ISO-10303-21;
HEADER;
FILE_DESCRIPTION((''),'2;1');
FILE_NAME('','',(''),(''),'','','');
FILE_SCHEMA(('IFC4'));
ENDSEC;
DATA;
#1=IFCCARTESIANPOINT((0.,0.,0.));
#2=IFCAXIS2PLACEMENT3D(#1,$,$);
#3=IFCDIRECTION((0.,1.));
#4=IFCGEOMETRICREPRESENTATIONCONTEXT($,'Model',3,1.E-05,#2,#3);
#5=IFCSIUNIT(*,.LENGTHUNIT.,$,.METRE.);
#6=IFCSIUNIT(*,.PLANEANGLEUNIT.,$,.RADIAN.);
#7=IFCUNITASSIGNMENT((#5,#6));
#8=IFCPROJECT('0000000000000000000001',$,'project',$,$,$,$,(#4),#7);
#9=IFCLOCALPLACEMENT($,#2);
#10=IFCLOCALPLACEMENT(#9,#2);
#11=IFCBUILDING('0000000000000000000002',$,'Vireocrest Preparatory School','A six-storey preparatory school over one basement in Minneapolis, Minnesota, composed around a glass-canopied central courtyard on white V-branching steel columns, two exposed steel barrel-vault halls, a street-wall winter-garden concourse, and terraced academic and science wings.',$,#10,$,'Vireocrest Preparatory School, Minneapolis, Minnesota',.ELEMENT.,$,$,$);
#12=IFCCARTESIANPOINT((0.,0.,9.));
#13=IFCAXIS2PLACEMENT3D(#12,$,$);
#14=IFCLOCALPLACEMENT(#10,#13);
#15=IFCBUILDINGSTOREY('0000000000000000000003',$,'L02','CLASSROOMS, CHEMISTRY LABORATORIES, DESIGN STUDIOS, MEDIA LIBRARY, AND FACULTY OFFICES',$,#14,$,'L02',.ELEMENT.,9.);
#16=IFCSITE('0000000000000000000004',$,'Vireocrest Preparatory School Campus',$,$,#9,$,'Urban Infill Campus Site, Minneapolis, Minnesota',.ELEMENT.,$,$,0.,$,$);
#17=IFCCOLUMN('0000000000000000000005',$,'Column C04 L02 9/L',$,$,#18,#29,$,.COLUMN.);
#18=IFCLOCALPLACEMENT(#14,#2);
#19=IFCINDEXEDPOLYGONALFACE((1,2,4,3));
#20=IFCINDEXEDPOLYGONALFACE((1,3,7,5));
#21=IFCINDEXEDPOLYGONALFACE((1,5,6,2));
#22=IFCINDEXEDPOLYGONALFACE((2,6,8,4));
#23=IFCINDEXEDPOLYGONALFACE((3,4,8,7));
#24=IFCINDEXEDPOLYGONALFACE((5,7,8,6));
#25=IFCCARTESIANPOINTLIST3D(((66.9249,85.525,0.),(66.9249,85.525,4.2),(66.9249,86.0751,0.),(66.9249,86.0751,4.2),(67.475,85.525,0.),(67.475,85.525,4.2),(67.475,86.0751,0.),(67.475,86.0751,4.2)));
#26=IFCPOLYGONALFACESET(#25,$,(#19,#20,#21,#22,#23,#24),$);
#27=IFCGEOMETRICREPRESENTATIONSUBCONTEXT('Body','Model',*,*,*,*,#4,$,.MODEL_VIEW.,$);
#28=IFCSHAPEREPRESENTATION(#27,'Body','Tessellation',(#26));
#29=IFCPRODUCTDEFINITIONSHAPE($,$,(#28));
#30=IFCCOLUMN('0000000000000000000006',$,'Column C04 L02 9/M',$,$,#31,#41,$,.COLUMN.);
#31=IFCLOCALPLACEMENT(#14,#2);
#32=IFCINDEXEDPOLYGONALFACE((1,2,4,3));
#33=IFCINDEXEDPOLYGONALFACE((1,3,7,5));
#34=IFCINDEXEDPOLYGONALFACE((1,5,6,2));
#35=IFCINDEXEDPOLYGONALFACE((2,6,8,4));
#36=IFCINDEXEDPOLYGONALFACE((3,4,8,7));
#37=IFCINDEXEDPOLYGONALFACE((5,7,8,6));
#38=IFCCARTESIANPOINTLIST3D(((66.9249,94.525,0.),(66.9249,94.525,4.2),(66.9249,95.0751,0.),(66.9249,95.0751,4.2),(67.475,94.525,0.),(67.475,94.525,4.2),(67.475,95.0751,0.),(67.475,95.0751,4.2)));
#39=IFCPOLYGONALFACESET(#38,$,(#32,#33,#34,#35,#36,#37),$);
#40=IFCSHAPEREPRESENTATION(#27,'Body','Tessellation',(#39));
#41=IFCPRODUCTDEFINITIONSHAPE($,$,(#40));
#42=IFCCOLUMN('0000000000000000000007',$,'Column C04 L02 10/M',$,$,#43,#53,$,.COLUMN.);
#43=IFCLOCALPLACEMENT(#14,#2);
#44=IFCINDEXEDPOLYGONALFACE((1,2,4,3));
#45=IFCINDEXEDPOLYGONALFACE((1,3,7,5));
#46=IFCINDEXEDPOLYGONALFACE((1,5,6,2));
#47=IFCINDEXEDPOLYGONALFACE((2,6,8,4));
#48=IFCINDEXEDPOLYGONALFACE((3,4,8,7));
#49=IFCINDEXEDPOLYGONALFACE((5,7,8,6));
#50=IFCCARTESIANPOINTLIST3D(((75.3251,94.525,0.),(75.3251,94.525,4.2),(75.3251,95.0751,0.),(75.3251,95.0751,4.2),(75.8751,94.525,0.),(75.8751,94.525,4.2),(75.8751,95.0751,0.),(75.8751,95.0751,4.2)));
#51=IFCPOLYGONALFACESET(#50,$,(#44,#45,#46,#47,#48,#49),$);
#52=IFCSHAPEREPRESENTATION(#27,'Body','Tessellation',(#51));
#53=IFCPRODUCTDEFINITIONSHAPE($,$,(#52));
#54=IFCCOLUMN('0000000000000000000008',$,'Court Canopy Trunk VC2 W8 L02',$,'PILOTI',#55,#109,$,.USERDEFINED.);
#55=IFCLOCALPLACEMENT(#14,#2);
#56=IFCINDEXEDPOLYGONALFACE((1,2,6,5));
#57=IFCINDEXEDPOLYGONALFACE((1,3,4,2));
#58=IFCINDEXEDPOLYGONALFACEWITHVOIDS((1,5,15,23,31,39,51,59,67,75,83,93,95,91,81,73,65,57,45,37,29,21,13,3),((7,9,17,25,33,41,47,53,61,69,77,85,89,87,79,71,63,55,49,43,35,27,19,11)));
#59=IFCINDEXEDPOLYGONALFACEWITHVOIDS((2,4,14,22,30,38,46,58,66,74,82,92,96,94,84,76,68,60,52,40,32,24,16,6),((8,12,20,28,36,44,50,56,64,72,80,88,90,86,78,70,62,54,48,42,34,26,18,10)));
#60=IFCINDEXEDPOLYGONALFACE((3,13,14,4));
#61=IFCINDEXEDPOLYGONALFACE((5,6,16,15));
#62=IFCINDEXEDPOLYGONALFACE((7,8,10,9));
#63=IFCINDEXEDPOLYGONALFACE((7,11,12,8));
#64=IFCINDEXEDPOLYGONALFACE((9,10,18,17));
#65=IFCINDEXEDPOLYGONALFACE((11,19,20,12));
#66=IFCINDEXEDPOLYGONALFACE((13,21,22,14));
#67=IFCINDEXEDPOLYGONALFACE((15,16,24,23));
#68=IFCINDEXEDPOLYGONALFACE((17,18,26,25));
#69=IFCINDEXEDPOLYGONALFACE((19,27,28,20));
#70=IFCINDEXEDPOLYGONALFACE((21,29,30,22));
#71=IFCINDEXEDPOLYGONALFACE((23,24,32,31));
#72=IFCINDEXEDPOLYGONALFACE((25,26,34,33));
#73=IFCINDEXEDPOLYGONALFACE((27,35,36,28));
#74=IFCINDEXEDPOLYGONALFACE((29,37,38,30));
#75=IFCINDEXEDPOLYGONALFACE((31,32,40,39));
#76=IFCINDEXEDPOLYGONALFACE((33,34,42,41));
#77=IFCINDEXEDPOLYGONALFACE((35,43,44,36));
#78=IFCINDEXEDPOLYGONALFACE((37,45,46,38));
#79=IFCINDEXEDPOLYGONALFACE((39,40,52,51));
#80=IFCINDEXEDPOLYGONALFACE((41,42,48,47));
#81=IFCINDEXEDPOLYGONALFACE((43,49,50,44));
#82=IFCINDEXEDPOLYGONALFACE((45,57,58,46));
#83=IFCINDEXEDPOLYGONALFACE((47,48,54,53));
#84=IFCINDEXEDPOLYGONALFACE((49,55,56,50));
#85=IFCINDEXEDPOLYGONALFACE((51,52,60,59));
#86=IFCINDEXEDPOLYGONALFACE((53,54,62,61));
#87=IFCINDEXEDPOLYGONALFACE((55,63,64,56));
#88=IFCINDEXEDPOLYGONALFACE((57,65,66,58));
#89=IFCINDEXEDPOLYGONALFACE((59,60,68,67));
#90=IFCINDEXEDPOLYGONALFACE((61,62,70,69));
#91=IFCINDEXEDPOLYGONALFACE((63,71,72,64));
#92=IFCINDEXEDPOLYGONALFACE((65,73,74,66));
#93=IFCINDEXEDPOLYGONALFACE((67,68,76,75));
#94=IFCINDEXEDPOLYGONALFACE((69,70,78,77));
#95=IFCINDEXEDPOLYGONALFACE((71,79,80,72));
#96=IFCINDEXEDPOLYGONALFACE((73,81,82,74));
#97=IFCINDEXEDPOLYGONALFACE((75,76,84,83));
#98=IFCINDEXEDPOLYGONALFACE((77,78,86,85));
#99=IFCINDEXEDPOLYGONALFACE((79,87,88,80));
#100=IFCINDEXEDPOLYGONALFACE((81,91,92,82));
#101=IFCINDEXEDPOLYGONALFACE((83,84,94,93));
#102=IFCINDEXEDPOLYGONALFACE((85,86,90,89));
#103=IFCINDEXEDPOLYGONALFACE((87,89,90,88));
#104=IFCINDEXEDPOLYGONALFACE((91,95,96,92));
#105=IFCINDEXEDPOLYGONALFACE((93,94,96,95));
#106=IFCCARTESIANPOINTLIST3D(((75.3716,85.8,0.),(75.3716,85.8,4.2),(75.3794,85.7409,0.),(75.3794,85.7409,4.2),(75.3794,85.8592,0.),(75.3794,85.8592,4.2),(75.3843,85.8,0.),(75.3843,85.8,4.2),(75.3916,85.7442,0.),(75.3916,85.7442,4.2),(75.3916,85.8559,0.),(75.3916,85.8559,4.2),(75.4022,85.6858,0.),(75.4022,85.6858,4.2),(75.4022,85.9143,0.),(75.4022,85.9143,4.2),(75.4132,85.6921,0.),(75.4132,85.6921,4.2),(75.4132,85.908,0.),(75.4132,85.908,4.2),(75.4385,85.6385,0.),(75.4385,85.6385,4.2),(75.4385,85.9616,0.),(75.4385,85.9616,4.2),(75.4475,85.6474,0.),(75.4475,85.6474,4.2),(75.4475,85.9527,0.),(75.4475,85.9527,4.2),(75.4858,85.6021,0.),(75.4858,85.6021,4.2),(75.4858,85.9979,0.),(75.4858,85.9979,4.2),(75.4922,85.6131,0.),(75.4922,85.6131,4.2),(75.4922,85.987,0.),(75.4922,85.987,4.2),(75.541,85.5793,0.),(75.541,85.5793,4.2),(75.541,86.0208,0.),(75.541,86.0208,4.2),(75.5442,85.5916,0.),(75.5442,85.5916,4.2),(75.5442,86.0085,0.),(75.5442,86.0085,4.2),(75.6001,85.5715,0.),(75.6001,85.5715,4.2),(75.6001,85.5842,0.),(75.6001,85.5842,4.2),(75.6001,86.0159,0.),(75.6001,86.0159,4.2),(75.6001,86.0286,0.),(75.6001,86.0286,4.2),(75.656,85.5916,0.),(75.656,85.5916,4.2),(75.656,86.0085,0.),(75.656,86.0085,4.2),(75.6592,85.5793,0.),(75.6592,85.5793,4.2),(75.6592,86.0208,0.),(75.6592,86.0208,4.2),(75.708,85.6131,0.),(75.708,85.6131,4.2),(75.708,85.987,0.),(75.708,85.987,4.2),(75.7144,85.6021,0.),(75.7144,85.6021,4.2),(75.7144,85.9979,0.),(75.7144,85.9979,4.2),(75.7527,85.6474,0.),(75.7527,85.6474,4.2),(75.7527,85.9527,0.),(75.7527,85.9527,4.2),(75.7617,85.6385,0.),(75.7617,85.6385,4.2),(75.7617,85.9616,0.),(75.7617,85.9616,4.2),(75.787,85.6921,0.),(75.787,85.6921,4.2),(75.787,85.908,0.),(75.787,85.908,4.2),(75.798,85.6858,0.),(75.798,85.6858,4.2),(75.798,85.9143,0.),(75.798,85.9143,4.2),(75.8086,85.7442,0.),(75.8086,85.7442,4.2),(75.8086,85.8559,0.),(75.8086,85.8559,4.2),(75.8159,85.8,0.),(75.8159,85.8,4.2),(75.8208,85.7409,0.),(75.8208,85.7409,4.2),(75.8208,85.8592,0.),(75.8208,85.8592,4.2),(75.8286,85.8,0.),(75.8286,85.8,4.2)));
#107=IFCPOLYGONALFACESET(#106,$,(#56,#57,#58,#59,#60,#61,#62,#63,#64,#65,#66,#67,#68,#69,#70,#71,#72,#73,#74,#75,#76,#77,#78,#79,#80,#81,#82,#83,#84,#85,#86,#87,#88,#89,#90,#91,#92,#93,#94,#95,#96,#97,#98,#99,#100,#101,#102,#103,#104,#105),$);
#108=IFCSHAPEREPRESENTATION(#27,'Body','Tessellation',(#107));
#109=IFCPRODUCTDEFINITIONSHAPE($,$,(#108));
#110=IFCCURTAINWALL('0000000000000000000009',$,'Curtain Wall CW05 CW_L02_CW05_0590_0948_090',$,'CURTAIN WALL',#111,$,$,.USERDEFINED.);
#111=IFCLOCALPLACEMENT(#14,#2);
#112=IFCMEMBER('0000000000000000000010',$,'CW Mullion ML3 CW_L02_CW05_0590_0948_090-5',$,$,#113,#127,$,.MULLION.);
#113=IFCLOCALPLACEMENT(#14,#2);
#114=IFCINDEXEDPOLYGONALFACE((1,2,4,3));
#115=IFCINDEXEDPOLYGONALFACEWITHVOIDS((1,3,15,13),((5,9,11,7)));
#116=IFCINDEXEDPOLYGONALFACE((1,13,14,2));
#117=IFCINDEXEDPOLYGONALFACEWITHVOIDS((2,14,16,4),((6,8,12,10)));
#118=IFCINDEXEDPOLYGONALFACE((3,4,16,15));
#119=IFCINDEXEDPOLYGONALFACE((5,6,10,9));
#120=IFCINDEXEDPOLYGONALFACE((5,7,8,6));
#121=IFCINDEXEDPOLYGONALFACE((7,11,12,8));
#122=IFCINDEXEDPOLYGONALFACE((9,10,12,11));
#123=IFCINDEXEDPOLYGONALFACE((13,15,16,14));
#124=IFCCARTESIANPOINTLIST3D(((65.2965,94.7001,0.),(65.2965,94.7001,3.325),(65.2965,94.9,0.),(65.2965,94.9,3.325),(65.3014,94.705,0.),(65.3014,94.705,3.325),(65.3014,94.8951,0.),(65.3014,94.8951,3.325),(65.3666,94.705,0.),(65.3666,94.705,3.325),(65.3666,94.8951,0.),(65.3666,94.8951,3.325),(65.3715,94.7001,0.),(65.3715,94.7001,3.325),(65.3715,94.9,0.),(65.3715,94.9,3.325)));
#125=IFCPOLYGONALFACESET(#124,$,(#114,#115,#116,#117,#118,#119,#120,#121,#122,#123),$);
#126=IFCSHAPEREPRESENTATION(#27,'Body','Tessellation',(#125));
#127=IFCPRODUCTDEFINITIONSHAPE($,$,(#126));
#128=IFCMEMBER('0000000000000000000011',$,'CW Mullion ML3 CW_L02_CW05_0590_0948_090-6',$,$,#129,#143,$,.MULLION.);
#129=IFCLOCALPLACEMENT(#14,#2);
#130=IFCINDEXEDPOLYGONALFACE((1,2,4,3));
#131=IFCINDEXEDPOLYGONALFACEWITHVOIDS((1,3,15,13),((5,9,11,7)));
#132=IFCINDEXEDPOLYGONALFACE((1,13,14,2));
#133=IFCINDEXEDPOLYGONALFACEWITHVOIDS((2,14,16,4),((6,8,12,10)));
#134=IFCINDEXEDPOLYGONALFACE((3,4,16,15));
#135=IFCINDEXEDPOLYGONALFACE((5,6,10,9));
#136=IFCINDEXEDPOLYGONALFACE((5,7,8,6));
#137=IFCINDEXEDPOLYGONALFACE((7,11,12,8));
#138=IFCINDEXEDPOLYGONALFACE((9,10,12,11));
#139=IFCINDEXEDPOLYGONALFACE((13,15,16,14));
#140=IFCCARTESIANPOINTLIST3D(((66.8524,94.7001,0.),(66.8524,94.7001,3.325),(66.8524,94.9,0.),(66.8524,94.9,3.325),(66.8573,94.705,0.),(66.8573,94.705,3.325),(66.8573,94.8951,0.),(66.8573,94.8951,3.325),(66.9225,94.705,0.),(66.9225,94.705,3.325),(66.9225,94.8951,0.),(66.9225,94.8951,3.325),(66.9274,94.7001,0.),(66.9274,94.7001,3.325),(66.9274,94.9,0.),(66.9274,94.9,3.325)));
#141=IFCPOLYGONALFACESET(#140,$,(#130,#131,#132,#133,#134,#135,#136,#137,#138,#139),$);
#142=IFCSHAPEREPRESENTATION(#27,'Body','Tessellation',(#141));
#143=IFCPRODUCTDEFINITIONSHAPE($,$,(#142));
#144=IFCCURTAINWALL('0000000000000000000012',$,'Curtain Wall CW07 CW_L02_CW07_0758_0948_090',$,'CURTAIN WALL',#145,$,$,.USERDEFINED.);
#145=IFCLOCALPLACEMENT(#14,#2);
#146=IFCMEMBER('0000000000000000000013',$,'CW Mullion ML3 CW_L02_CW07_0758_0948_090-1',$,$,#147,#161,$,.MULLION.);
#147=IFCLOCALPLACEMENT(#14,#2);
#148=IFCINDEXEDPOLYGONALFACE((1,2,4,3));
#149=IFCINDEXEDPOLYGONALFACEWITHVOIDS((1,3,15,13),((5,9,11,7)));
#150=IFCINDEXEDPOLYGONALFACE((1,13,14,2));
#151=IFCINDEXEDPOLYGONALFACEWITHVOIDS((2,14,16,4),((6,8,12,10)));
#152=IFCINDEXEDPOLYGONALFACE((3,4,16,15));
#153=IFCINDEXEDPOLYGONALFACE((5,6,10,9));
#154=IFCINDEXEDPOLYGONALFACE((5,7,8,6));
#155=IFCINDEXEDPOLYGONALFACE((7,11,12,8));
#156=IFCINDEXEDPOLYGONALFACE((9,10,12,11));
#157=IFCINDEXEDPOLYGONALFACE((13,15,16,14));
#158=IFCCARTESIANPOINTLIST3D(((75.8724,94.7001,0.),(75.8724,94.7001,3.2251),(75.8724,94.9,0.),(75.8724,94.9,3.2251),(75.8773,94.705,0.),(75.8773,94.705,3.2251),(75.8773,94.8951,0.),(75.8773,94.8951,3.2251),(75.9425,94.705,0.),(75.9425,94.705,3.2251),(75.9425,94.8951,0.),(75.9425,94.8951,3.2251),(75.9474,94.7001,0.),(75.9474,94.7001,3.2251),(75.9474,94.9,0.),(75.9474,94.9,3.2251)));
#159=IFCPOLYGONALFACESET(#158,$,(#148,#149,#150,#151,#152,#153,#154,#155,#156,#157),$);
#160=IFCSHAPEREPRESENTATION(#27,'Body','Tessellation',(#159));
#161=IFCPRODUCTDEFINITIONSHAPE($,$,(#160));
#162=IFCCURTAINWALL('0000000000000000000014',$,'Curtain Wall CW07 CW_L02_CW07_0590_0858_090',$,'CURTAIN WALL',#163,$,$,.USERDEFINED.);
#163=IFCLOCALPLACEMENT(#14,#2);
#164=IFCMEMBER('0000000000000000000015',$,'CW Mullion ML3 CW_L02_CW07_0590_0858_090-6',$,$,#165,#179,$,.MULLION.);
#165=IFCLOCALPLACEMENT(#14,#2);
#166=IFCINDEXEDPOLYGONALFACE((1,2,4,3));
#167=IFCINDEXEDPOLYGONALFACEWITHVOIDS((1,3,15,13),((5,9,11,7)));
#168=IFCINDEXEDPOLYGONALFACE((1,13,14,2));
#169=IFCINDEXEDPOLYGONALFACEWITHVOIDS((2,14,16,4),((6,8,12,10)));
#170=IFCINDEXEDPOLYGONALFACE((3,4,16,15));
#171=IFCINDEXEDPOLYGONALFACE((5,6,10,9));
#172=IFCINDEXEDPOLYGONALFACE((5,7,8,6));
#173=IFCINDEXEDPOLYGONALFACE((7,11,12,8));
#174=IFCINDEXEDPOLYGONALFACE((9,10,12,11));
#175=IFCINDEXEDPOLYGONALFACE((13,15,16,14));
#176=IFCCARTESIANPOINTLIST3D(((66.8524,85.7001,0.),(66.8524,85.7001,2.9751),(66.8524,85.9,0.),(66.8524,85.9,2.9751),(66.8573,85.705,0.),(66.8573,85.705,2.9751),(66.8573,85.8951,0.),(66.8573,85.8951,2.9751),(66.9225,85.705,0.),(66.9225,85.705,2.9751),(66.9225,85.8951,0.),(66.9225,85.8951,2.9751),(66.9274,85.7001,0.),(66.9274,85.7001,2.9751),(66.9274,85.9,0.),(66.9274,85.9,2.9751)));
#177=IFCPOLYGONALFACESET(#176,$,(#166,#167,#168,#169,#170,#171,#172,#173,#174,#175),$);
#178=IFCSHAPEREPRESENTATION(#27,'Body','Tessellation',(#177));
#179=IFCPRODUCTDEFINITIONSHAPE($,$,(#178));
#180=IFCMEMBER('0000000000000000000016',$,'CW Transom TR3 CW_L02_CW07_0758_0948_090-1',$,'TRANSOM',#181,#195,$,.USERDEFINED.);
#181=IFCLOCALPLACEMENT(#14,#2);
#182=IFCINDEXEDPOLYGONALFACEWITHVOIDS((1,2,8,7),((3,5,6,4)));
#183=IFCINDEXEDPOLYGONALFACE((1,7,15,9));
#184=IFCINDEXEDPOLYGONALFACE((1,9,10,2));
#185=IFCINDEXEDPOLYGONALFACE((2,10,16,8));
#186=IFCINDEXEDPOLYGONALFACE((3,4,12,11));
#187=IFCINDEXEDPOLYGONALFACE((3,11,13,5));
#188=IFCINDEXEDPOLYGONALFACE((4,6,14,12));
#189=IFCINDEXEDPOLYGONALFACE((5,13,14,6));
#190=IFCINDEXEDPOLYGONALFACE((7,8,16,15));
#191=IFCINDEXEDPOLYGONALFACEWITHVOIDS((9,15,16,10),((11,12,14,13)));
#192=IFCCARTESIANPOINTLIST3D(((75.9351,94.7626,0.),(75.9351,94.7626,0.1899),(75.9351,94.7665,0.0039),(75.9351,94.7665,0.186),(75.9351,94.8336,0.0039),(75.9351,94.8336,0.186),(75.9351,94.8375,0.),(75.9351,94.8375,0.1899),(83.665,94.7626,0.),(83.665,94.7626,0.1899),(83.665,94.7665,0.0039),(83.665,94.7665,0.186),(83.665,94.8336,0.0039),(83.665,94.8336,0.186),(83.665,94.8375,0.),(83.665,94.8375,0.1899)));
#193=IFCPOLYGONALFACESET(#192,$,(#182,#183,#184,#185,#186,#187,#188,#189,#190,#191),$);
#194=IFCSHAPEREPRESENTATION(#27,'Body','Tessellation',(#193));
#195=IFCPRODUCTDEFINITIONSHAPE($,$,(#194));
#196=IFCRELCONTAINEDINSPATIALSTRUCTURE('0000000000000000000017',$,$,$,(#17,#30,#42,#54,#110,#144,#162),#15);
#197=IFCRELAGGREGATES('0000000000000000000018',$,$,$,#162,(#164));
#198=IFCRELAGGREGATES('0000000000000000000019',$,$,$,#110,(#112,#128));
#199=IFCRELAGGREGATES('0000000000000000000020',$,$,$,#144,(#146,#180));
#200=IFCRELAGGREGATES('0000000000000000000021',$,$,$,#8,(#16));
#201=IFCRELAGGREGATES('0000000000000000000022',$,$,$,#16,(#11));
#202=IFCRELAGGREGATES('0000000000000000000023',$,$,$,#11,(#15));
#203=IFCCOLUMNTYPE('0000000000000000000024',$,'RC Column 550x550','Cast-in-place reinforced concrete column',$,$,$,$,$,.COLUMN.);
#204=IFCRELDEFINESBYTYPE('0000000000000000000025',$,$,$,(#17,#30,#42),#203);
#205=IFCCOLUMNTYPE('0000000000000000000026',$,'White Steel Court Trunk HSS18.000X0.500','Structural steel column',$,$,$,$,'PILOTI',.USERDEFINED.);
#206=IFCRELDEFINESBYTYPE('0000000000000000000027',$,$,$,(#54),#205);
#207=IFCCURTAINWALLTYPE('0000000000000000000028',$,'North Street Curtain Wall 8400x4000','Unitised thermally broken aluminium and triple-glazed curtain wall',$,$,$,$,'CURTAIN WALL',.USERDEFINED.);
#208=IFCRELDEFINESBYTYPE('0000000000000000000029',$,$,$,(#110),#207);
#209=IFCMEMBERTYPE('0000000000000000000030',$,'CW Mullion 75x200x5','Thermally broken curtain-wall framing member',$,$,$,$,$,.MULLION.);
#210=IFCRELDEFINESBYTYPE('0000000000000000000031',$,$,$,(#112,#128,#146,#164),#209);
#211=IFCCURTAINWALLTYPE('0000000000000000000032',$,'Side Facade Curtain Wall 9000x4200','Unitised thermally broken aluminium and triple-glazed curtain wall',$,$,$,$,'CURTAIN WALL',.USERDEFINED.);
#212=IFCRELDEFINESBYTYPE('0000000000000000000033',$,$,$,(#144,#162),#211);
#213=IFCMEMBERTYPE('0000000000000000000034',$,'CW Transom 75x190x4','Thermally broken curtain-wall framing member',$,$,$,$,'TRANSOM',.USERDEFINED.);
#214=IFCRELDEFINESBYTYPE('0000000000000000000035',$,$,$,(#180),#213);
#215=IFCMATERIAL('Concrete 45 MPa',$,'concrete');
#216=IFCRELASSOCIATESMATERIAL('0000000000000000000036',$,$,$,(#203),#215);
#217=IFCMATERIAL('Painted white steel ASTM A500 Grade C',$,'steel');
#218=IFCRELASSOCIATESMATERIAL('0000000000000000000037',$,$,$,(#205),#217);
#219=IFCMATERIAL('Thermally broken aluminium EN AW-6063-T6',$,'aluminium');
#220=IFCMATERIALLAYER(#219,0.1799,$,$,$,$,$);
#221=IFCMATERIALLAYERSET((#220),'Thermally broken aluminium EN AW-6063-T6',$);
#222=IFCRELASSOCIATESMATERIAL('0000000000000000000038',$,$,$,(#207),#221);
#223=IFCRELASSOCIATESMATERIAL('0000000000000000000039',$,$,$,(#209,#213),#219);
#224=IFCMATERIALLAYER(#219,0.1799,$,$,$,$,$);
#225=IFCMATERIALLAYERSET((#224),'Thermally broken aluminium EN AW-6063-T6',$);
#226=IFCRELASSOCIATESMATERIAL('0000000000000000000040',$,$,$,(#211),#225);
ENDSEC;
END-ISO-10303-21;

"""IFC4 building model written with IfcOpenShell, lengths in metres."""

from ifc_helpers import new_model, si_unit, direction, frame, origin, origin_2d, place, context, subcontext, project, spatial, rectangle, hollow_rectangle, hollow_circle, extrude, material, layer, layer_set, material_profile, profile_set, type_object, element, aggregate, save


model = new_model("IFC4")

# Units and contexts
model_context = context("Model", 3, precision=1e-05, world=origin(), true_north=direction((0.0, 1.0)))
body_context = subcontext(model_context, "Body", "Model", "MODEL_VIEW")
ifc_project = project(units=[si_unit("LENGTHUNIT", "METRE"), si_unit("PLANEANGLEUNIT", "RADIAN")], contexts=[model_context])

# Site, building, storey
site_placement = place(None, origin())
site = spatial("IfcSite", under=ifc_project, at=site_placement, Name="Vireocrest Preparatory School Campus", LongName="Urban Infill Campus Site, Minneapolis, Minnesota", CompositionType="ELEMENT", RefElevation=0.0)
building_placement = place(site_placement, origin())
building = spatial("IfcBuilding", under=site, at=building_placement, Name="Vireocrest Preparatory School", Description="A six-storey preparatory school over one basement in Minneapolis, Minnesota, composed around a glass-canopied central courtyard on white V-branching steel columns, two exposed steel barrel-vault halls, a street-wall winter-garden concourse, and terraced academic and science wings.", LongName="Vireocrest Preparatory School, Minneapolis, Minnesota", CompositionType="ELEMENT")
storey_placement = place(building_placement, frame((0.0, 0.0, 9.0)))
storey = spatial("IfcBuildingStorey", under=building, at=storey_placement, Name="L02", Description="CLASSROOMS, CHEMISTRY LABORATORIES, DESIGN STUDIOS, MEDIA LIBRARY, AND FACULTY OFFICES", LongName="L02", CompositionType="ELEMENT", Elevation=9.0)

# Columns
ifc_material_1 = material(Name="Concrete 45 MPa", Category="concrete")
ifc_material_profile_1 = material_profile(ifc_material_1, rectangle(XDim=0.55, YDim=0.55, at=origin_2d()), Name="RC 550x550")
ifc_profile_set_1 = profile_set([ifc_material_profile_1], Name="Concrete 45 MPa")
column_type_1 = type_object("IfcColumnType", Name="RC Column 550x550", Description="Cast-in-place reinforced concrete column", PredefinedType="COLUMN", material=ifc_profile_set_1)
for number, where, z_axis, x_axis, name in (
    (1, (67.2, 85.8, 0.0), (0.0, 0.0, 1.0), (1.0, 0.0, 0.0), "Column C04 L02 9/L"),
    (2, (67.2, 94.8, 0.0), (0.0, 0.0, 1.0), (1.0, 0.0, 0.0), "Column C04 L02 9/M"),
    (3, (75.6001, 94.8, 0.0), (0.0, 0.0, 1.0), (1.0, 0.0, 0.0), "Column C04 L02 10/M"),
):
    element("IfcColumn", number, at=place(storey_placement, frame(where, z_axis=z_axis, x_axis=x_axis)), inside=storey, type_object=column_type_1, Name=name, PredefinedType="COLUMN", context=body_context, shape_type="SweptSolid", body=[
        extrude(rectangle(XDim=0.55, YDim=0.55, at=origin_2d()), origin(), (0.0, 0.0, 1.0), 4.2),
    ])
ifc_material_2 = material(Name="Painted white steel ASTM A500 Grade C", Category="steel")
ifc_material_profile_2 = material_profile(ifc_material_2, hollow_circle(Radius=0.2285, WallThickness=0.0127, at=origin_2d()), Name="HSS18.000X0.500")
ifc_profile_set_2 = profile_set([ifc_material_profile_2], Name="Painted white steel ASTM A500 Grade C")
column_type_2 = type_object("IfcColumnType", Name="White Steel Court Trunk HSS18.000X0.500", Description="Structural steel column", ElementType="PILOTI", PredefinedType="USERDEFINED", material=ifc_profile_set_2)
column_placement = place(storey_placement, frame((75.6001, 85.8, 0.0), z_axis=(0.0, 0.0, 1.0), x_axis=(1.0, 0.0, 0.0)))
element("IfcColumn", 4, at=column_placement, inside=storey, type_object=column_type_2, Name="Court Canopy Trunk VC2 W8 L02", ObjectType="PILOTI", PredefinedType="USERDEFINED", context=body_context, shape_type="SweptSolid", body=[
    extrude(hollow_circle(Radius=0.2285, WallThickness=0.0127, at=origin_2d()), origin(), (0.0, 0.0, 1.0), 4.2),
])

# Curtain wall, members
ifc_material_3 = material(Name="Thermally broken aluminium EN AW-6063-T6", Category="aluminium")
ifc_layer_1 = layer(ifc_material_3, 0.1799)
ifc_layer_set_1 = layer_set([ifc_layer_1], Name="Thermally broken aluminium EN AW-6063-T6")
curtain_wall_type_1 = type_object("IfcCurtainWallType", Name="North Street Curtain Wall 8400x4000", Description="Unitised thermally broken aluminium and triple-glazed curtain wall", ElementType="CURTAIN WALL", PredefinedType="USERDEFINED", material=ifc_layer_set_1)
curtain_wall_1_placement = place(storey_placement, origin())
curtain_wall_1 = element("IfcCurtainWall", 5, at=curtain_wall_1_placement, inside=storey, type_object=curtain_wall_type_1, Name="Curtain Wall CW05 CW_L02_CW05_0590_0948_090", ObjectType="CURTAIN WALL", PredefinedType="USERDEFINED")
ifc_material_profile_3 = material_profile(ifc_material_3, hollow_rectangle(XDim=0.075, YDim=0.2, WallThickness=0.0049, at=origin_2d()), Name="ALU 75x200x5")
ifc_profile_set_3 = profile_set([ifc_material_profile_3], Name="Thermally broken aluminium EN AW-6063-T6")
member_type_1 = type_object("IfcMemberType", Name="CW Mullion 75x200x5", Description="Thermally broken curtain-wall framing member", PredefinedType="MULLION", material=ifc_profile_set_3)
member_1_placement = place(storey_placement, frame((65.334, 94.8, 0.0), z_axis=(0.0, 0.0, 1.0), x_axis=(1.0, 0.0, 0.0)))
member_1 = element("IfcMember", 6, at=member_1_placement, type_object=member_type_1, Name="CW Mullion ML3 CW_L02_CW05_0590_0948_090-5", PredefinedType="MULLION", context=body_context, shape_type="SweptSolid", body=[
    extrude(hollow_rectangle(XDim=0.075, YDim=0.2, WallThickness=0.0049, at=origin_2d()), origin(), (0.0, 0.0, 1.0), 3.325),
])
member_2_placement = place(storey_placement, frame((66.8899, 94.8, 0.0), z_axis=(0.0, 0.0, 1.0), x_axis=(1.0, 0.0, 0.0)))
member_2 = element("IfcMember", 7, at=member_2_placement, type_object=member_type_1, Name="CW Mullion ML3 CW_L02_CW05_0590_0948_090-6", PredefinedType="MULLION", context=body_context, shape_type="SweptSolid", body=[
    extrude(hollow_rectangle(XDim=0.075, YDim=0.2, WallThickness=0.0049, at=origin_2d()), origin(), (0.0, 0.0, 1.0), 3.325),
])

# Curtain walls, members
ifc_layer_2 = layer(ifc_material_3, 0.1799)
ifc_layer_set_2 = layer_set([ifc_layer_2], Name="Thermally broken aluminium EN AW-6063-T6")
curtain_wall_type_2 = type_object("IfcCurtainWallType", Name="Side Facade Curtain Wall 9000x4200", Description="Unitised thermally broken aluminium and triple-glazed curtain wall", ElementType="CURTAIN WALL", PredefinedType="USERDEFINED", material=ifc_layer_set_2)
curtain_wall_2_placement = place(storey_placement, origin())
curtain_wall_2 = element("IfcCurtainWall", 8, at=curtain_wall_2_placement, inside=storey, type_object=curtain_wall_type_2, Name="Curtain Wall CW07 CW_L02_CW07_0758_0948_090", ObjectType="CURTAIN WALL", PredefinedType="USERDEFINED")
member_3_placement = place(storey_placement, frame((75.9099, 94.8, 0.0), z_axis=(0.0, 0.0, 1.0), x_axis=(1.0, 0.0, 0.0)))
member_3 = element("IfcMember", 9, at=member_3_placement, type_object=member_type_1, Name="CW Mullion ML3 CW_L02_CW07_0758_0948_090-1", PredefinedType="MULLION", context=body_context, shape_type="SweptSolid", body=[
    extrude(hollow_rectangle(XDim=0.075, YDim=0.2, WallThickness=0.0049, at=origin_2d()), origin(), (0.0, 0.0, 1.0), 3.2251),
])
curtain_wall_3_placement = place(storey_placement, origin())
curtain_wall_3 = element("IfcCurtainWall", 10, at=curtain_wall_3_placement, inside=storey, type_object=curtain_wall_type_2, Name="Curtain Wall CW07 CW_L02_CW07_0590_0858_090", ObjectType="CURTAIN WALL", PredefinedType="USERDEFINED")
member_4_placement = place(storey_placement, frame((66.8899, 85.8, 0.0), z_axis=(0.0, 0.0, 1.0), x_axis=(1.0, 0.0, 0.0)))
member_4 = element("IfcMember", 11, at=member_4_placement, type_object=member_type_1, Name="CW Mullion ML3 CW_L02_CW07_0590_0858_090-6", PredefinedType="MULLION", context=body_context, shape_type="SweptSolid", body=[
    extrude(hollow_rectangle(XDim=0.075, YDim=0.2, WallThickness=0.0049, at=origin_2d()), origin(), (0.0, 0.0, 1.0), 2.9751),
])
aggregate(curtain_wall_3, [member_4])

# Member
ifc_material_profile_4 = material_profile(ifc_material_3, hollow_rectangle(XDim=0.075, YDim=0.1899, WallThickness=0.0039, at=origin_2d()), Name="ALU 75x190x4")
ifc_profile_set_4 = profile_set([ifc_material_profile_4], Name="Thermally broken aluminium EN AW-6063-T6")
member_type_2 = type_object("IfcMemberType", Name="CW Transom 75x190x4", Description="Thermally broken curtain-wall framing member", ElementType="TRANSOM", PredefinedType="USERDEFINED", material=ifc_profile_set_4)
member_5_placement = place(storey_placement, frame((75.9351, 94.8, 0.095), z_axis=(1.0, 0.0, 0.0), x_axis=(0.0, 1.0, 0.0)))
member_5 = element("IfcMember", 12, at=member_5_placement, type_object=member_type_2, Name="CW Transom TR3 CW_L02_CW07_0758_0948_090-1", ObjectType="TRANSOM", PredefinedType="USERDEFINED", context=body_context, shape_type="SweptSolid", body=[
    extrude(hollow_rectangle(XDim=0.075, YDim=0.1899, WallThickness=0.0039, at=origin_2d()), origin(), (0.0, 0.0, 1.0), 7.73),
])

aggregate(curtain_wall_1, [member_1, member_2])
aggregate(curtain_wall_2, [member_3, member_5])

save(model, "model.ifc")
